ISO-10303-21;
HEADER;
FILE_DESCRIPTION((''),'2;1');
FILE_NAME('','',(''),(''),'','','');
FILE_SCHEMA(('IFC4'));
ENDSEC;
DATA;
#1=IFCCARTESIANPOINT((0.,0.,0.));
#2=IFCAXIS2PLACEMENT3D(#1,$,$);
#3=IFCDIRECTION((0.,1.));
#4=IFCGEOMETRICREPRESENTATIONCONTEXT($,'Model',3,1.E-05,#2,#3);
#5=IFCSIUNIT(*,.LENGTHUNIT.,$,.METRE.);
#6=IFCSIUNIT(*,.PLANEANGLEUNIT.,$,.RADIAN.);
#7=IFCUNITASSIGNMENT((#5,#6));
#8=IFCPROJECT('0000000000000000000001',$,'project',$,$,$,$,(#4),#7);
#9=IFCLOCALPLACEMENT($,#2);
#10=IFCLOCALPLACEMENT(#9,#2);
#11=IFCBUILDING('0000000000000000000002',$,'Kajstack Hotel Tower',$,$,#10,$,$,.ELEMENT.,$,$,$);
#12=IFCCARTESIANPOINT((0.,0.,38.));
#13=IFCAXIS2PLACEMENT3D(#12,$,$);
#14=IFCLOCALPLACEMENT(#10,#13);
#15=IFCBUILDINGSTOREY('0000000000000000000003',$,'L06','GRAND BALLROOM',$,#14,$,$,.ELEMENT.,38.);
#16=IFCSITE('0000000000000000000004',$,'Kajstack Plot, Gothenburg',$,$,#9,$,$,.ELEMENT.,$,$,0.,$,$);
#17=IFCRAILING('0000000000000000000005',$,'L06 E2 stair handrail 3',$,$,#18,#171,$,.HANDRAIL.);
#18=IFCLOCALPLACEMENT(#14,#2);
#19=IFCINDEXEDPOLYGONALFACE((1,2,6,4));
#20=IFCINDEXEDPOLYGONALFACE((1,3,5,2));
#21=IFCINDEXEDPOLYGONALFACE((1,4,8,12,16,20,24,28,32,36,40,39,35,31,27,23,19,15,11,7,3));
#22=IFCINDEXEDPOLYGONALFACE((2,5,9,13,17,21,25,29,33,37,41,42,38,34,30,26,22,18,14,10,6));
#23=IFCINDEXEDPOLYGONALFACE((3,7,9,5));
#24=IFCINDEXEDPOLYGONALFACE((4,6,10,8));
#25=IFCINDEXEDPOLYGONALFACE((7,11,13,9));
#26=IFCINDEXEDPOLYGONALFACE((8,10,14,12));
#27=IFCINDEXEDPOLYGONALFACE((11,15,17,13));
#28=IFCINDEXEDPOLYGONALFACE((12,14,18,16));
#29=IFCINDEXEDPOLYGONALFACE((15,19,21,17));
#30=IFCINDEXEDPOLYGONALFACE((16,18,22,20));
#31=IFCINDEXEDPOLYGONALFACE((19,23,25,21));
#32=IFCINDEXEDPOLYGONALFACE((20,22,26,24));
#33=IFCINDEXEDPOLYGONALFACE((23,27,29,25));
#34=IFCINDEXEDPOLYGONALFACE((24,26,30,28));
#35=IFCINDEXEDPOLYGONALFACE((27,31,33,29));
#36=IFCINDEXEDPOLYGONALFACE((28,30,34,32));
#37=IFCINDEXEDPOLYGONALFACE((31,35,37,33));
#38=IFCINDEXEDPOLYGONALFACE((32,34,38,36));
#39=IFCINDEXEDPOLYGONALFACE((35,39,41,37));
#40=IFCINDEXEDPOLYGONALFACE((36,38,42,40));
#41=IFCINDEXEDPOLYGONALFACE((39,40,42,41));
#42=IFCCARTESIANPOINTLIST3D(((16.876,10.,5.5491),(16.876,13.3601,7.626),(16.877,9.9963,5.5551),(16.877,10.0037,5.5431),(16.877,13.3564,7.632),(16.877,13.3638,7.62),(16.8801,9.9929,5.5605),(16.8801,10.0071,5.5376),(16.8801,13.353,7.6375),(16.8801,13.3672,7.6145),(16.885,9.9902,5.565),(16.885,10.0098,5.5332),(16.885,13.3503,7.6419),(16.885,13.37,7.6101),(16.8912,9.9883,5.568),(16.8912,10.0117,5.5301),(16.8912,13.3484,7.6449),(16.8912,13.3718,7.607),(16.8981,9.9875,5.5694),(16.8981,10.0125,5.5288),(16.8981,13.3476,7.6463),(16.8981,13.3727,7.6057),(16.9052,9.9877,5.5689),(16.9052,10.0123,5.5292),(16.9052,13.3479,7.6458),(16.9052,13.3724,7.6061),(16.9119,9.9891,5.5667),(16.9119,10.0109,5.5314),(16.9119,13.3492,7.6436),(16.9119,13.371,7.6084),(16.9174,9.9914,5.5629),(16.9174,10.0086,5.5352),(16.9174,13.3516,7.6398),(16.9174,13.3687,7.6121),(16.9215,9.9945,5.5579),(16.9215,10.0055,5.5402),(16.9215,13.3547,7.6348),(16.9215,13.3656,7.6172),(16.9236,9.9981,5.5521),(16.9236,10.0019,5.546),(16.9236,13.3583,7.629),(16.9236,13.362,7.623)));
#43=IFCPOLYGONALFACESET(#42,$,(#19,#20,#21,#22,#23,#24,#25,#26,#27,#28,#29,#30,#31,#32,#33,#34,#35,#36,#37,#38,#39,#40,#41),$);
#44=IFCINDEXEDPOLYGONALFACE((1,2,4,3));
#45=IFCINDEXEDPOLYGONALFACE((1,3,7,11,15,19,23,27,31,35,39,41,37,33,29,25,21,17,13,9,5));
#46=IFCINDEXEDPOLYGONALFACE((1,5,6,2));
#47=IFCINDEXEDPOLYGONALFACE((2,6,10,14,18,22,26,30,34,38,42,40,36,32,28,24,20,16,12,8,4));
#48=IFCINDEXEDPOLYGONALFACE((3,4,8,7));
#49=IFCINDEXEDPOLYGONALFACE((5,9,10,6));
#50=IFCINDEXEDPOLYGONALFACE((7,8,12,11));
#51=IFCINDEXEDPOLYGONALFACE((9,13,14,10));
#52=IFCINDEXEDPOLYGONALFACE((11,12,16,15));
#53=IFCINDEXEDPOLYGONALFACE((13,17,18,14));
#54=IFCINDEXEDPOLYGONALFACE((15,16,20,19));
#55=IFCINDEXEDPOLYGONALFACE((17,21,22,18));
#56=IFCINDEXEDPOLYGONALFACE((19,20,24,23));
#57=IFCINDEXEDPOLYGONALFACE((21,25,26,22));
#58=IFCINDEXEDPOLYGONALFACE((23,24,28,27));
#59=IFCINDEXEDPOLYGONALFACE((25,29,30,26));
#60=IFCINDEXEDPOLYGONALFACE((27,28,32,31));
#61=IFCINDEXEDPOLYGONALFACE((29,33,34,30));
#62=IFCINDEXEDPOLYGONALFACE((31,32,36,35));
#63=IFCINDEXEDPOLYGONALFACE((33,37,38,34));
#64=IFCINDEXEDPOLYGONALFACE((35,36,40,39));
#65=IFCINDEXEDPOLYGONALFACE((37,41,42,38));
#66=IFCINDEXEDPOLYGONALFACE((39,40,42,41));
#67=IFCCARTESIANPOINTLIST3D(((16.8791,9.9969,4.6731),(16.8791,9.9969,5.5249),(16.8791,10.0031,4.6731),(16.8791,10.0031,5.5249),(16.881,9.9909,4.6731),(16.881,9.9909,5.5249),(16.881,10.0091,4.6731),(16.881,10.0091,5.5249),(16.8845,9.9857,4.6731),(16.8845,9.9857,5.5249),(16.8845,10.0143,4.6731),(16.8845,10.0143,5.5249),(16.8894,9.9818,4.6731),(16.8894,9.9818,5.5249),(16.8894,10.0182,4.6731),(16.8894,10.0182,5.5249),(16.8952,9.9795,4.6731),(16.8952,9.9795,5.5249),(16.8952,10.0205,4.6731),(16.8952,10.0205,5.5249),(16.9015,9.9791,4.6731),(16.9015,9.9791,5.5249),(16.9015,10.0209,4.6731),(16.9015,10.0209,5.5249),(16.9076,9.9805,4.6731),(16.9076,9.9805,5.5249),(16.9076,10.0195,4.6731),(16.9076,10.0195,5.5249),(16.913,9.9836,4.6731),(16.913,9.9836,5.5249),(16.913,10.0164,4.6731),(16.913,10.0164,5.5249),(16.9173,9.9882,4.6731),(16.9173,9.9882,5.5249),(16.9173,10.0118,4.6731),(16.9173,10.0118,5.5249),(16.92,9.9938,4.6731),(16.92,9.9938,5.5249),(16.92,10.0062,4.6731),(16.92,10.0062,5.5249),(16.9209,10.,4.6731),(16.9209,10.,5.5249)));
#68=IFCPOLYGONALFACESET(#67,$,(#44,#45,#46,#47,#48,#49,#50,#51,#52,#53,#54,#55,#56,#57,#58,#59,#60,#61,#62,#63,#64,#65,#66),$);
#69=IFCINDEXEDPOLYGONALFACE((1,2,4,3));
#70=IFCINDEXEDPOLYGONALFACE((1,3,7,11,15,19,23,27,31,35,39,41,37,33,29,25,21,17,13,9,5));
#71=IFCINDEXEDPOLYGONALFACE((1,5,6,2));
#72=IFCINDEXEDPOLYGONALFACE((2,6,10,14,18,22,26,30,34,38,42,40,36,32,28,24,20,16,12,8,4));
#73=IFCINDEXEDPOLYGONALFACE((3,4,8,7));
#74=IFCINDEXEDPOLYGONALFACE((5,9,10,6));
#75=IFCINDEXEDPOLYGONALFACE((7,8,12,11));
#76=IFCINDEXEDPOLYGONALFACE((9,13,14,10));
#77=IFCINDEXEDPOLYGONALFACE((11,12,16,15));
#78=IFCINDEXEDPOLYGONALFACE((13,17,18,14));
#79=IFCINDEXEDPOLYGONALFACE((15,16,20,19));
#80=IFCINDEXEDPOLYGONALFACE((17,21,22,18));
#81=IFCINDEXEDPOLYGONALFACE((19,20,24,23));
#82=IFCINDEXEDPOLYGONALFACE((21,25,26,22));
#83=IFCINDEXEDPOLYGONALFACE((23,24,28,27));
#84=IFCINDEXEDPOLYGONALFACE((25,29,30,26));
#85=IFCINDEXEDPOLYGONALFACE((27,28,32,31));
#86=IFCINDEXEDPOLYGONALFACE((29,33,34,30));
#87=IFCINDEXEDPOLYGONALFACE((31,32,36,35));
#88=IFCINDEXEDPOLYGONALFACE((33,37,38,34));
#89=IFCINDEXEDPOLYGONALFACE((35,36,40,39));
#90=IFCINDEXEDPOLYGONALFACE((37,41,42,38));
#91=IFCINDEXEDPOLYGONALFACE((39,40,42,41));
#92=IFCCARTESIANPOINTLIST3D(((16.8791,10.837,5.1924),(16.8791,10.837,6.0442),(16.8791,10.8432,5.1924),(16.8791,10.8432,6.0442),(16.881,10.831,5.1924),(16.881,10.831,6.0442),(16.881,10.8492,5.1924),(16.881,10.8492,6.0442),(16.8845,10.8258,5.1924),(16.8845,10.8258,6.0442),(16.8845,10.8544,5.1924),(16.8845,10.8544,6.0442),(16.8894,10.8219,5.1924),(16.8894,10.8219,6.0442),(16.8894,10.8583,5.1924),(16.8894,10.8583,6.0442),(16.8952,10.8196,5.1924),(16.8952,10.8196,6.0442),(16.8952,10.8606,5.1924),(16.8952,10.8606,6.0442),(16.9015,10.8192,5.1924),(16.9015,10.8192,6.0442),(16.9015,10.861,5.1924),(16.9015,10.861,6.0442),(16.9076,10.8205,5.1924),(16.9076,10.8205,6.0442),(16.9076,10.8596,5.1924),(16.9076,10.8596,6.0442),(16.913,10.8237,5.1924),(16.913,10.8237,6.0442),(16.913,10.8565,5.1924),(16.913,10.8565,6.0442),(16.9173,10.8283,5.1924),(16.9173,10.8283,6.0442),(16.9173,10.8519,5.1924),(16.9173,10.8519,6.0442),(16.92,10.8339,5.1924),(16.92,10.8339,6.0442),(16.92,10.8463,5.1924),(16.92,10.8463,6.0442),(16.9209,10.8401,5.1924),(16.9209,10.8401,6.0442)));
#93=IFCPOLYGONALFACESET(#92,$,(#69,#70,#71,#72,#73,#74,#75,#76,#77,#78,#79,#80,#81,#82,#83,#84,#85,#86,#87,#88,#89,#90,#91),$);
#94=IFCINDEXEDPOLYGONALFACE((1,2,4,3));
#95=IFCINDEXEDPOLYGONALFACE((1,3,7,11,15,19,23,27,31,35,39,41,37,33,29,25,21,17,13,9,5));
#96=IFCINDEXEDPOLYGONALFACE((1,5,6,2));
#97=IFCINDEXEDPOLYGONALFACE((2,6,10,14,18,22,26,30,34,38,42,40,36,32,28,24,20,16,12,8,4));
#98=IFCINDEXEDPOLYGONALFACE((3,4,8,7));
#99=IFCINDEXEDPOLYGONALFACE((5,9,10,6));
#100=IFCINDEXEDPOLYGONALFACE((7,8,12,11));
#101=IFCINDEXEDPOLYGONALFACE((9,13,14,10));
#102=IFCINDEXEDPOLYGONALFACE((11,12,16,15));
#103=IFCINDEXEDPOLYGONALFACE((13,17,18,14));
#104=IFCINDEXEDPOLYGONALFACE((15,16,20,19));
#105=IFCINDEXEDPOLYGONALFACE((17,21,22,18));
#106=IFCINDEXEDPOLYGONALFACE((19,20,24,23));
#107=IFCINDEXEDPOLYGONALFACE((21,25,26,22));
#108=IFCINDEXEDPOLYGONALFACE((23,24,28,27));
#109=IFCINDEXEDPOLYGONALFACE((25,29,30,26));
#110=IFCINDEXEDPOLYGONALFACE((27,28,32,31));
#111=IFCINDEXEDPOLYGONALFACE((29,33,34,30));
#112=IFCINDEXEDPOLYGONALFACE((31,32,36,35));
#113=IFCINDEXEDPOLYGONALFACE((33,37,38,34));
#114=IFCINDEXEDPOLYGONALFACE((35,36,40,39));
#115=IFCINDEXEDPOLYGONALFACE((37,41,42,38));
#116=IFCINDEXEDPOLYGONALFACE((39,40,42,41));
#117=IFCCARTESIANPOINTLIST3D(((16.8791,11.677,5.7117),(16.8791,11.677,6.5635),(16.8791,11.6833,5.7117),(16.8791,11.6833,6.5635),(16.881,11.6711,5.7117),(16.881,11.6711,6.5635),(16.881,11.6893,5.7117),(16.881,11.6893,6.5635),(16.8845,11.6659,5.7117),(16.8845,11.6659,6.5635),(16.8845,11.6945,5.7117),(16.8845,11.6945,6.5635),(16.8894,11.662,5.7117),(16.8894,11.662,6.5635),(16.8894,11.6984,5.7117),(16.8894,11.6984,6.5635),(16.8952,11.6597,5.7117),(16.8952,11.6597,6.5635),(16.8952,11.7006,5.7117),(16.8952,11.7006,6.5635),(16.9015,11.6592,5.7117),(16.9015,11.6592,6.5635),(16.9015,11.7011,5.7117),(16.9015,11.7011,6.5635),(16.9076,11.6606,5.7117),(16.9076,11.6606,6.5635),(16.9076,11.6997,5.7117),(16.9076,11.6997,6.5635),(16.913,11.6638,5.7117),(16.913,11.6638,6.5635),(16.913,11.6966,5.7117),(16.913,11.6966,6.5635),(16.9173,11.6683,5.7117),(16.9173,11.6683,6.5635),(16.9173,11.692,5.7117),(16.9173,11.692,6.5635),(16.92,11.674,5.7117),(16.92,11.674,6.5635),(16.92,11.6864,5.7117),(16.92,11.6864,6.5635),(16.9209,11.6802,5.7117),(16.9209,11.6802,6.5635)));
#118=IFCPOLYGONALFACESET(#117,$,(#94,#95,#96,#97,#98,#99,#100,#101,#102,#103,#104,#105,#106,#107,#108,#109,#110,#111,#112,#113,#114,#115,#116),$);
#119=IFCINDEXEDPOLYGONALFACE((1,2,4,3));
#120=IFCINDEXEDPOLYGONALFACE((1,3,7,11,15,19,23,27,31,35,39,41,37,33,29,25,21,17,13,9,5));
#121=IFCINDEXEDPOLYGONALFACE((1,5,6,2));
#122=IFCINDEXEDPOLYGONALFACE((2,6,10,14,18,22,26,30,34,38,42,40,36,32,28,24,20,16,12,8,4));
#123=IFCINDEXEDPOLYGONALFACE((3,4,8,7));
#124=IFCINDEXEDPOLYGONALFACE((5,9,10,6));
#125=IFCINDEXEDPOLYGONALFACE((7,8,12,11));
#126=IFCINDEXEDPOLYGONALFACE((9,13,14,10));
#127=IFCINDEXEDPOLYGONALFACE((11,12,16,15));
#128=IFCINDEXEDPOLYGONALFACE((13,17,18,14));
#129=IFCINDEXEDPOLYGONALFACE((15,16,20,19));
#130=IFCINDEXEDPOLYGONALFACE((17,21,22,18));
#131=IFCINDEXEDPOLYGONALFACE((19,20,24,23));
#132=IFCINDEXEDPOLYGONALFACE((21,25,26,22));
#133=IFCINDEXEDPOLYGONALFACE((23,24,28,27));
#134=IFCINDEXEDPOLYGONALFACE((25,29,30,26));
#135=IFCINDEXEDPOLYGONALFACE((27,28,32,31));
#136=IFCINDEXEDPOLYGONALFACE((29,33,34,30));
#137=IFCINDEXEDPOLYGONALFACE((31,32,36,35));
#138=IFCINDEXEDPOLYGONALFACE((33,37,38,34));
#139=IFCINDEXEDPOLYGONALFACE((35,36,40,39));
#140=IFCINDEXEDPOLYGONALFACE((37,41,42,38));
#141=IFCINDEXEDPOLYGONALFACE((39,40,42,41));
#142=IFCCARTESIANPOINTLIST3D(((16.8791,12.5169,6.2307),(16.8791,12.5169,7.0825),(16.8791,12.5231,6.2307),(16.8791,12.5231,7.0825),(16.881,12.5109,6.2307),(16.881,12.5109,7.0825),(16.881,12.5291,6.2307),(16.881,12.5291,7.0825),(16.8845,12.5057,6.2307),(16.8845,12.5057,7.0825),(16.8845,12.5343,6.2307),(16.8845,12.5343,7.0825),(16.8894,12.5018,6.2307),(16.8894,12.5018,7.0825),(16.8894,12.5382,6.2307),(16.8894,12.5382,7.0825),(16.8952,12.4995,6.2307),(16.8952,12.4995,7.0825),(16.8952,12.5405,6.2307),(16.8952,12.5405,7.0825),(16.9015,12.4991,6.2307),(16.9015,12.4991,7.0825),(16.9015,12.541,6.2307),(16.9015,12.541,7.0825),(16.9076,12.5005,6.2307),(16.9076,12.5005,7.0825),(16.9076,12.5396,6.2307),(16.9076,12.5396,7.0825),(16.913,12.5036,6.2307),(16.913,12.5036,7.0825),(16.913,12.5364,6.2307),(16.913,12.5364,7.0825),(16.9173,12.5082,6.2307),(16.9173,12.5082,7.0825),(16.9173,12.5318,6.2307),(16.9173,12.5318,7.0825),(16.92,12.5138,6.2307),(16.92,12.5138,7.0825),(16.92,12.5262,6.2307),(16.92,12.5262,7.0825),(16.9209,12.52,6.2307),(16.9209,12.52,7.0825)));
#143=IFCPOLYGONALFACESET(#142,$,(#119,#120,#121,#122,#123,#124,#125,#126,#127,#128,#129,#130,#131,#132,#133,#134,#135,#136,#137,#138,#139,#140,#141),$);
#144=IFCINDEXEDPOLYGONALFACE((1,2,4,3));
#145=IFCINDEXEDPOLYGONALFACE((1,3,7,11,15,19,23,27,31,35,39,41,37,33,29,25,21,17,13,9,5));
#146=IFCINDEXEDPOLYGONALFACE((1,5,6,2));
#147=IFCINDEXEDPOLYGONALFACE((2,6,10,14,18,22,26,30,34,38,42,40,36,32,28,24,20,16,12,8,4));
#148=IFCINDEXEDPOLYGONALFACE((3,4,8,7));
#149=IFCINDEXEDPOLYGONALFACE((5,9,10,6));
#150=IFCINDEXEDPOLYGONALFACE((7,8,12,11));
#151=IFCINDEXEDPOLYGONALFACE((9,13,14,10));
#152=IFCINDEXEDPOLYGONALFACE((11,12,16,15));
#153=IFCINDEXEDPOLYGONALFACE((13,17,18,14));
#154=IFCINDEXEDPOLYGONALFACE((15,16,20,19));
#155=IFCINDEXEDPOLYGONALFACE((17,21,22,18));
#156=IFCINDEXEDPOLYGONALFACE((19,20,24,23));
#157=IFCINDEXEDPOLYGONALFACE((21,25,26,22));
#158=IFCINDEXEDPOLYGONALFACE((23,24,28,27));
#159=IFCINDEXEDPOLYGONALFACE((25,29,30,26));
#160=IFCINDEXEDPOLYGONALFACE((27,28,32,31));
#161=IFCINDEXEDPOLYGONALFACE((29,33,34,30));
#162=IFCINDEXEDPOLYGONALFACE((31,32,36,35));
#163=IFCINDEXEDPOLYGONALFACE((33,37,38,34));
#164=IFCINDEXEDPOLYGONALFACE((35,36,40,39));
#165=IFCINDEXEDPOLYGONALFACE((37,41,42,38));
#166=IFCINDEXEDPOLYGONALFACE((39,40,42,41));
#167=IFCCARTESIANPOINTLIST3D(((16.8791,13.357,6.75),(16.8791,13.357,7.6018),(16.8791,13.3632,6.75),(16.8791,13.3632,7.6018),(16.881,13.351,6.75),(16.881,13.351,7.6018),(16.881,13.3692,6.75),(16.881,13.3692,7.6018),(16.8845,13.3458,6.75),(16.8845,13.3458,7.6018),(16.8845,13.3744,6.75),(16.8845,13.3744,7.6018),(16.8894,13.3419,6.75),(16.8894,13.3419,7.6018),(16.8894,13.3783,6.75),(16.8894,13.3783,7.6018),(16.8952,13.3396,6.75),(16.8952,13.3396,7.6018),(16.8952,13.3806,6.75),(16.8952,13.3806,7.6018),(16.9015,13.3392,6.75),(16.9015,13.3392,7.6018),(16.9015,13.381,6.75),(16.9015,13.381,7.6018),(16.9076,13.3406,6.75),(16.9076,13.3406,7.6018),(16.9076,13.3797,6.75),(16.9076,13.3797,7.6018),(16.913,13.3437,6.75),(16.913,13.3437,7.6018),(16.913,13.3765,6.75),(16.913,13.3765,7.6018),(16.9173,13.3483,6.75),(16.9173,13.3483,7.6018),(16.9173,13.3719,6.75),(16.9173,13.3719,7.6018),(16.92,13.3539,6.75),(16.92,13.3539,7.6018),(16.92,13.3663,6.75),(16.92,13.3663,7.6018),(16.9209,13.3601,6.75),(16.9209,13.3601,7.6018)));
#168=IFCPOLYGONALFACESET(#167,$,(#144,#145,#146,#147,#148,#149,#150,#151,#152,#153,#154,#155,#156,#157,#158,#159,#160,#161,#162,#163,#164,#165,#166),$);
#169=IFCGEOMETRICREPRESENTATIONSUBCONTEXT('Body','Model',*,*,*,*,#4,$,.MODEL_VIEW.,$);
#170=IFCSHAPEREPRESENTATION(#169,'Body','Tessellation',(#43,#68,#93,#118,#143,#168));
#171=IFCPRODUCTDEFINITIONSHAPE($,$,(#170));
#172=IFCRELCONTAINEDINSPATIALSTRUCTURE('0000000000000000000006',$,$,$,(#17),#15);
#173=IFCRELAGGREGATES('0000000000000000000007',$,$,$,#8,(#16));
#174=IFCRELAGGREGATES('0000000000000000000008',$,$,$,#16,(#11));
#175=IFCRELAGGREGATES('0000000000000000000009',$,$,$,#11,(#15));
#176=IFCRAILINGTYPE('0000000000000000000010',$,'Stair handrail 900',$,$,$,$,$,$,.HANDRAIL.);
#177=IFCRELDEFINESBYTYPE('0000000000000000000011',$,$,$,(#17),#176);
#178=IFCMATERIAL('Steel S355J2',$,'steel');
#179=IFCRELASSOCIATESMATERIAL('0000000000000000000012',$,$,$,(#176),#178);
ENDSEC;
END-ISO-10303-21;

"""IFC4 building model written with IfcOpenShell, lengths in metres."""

from ifc_helpers import new_model, si_unit, direction, frame, origin, origin_2d, place, context, subcontext, project, spatial, circle, extrude, material, type_object, element, save


model = new_model("IFC4")

# Units and contexts
model_context = context("Model", 3, precision=1e-05, world=origin(), true_north=direction((0.0, 1.0)))
body_context = subcontext(model_context, "Body", "Model", "MODEL_VIEW")
ifc_project = project(units=[si_unit("LENGTHUNIT", "METRE"), si_unit("PLANEANGLEUNIT", "RADIAN")], contexts=[model_context])

# Site, building, storey
site_placement = place(None, origin())
site = spatial("IfcSite", under=ifc_project, at=site_placement, Name="Kajstack Plot, Gothenburg", CompositionType="ELEMENT", RefElevation=0.0)
building_placement = place(site_placement, origin())
building = spatial("IfcBuilding", under=site, at=building_placement, Name="Kajstack Hotel Tower", CompositionType="ELEMENT")
storey_placement = place(building_placement, frame((0.0, 0.0, 38.0)))
storey = spatial("IfcBuildingStorey", under=building, at=storey_placement, Name="L06", Description="GRAND BALLROOM", CompositionType="ELEMENT", Elevation=38.0)

# Railing
ifc_material_1 = material(Name="Steel S355J2", Category="steel")
railing_type_1 = type_object("IfcRailingType", Name="Stair handrail 900", PredefinedType="HANDRAIL", material=ifc_material_1)
for number, where, name in (
    (1, (16.8999, 10.0, 4.6731), "L06 E2 stair handrail 3"),
):
    element("IfcRailing", number, at=place(storey_placement, frame(where)), inside=storey, type_object=railing_type_1, Name=name, PredefinedType="HANDRAIL", context=body_context, shape_type="SweptSolid", body=[
        extrude(circle(Radius=0.0239, at=origin_2d()), frame((0.0, 0.0, 0.876), z_axis=(0.0, 0.850623, 0.525776), x_axis=(-1.0, 0.0, 0.0)), (0.0, 0.0, 1.0), 3.9502),
        extrude(circle(Radius=0.021, at=origin_2d()), origin(), (0.0, 0.0, 1.0), 0.8518),
        extrude(circle(Radius=0.021, at=origin_2d()), frame((0.0, 0.8401, 0.5193)), (0.0, 0.0, 1.0), 0.8518),
        extrude(circle(Radius=0.021, at=origin_2d()), frame((0.0, 1.6802, 1.0386)), (0.0, 0.0, 1.0), 0.8518),
        extrude(circle(Radius=0.021, at=origin_2d()), frame((0.0, 2.52, 1.5576)), (0.0, 0.0, 1.0), 0.8518),
        extrude(circle(Radius=0.021, at=origin_2d()), frame((0.0, 3.3601, 2.0769)), (0.0, 0.0, 1.0), 0.8518),
    ])

save(model, "model.ifc")
